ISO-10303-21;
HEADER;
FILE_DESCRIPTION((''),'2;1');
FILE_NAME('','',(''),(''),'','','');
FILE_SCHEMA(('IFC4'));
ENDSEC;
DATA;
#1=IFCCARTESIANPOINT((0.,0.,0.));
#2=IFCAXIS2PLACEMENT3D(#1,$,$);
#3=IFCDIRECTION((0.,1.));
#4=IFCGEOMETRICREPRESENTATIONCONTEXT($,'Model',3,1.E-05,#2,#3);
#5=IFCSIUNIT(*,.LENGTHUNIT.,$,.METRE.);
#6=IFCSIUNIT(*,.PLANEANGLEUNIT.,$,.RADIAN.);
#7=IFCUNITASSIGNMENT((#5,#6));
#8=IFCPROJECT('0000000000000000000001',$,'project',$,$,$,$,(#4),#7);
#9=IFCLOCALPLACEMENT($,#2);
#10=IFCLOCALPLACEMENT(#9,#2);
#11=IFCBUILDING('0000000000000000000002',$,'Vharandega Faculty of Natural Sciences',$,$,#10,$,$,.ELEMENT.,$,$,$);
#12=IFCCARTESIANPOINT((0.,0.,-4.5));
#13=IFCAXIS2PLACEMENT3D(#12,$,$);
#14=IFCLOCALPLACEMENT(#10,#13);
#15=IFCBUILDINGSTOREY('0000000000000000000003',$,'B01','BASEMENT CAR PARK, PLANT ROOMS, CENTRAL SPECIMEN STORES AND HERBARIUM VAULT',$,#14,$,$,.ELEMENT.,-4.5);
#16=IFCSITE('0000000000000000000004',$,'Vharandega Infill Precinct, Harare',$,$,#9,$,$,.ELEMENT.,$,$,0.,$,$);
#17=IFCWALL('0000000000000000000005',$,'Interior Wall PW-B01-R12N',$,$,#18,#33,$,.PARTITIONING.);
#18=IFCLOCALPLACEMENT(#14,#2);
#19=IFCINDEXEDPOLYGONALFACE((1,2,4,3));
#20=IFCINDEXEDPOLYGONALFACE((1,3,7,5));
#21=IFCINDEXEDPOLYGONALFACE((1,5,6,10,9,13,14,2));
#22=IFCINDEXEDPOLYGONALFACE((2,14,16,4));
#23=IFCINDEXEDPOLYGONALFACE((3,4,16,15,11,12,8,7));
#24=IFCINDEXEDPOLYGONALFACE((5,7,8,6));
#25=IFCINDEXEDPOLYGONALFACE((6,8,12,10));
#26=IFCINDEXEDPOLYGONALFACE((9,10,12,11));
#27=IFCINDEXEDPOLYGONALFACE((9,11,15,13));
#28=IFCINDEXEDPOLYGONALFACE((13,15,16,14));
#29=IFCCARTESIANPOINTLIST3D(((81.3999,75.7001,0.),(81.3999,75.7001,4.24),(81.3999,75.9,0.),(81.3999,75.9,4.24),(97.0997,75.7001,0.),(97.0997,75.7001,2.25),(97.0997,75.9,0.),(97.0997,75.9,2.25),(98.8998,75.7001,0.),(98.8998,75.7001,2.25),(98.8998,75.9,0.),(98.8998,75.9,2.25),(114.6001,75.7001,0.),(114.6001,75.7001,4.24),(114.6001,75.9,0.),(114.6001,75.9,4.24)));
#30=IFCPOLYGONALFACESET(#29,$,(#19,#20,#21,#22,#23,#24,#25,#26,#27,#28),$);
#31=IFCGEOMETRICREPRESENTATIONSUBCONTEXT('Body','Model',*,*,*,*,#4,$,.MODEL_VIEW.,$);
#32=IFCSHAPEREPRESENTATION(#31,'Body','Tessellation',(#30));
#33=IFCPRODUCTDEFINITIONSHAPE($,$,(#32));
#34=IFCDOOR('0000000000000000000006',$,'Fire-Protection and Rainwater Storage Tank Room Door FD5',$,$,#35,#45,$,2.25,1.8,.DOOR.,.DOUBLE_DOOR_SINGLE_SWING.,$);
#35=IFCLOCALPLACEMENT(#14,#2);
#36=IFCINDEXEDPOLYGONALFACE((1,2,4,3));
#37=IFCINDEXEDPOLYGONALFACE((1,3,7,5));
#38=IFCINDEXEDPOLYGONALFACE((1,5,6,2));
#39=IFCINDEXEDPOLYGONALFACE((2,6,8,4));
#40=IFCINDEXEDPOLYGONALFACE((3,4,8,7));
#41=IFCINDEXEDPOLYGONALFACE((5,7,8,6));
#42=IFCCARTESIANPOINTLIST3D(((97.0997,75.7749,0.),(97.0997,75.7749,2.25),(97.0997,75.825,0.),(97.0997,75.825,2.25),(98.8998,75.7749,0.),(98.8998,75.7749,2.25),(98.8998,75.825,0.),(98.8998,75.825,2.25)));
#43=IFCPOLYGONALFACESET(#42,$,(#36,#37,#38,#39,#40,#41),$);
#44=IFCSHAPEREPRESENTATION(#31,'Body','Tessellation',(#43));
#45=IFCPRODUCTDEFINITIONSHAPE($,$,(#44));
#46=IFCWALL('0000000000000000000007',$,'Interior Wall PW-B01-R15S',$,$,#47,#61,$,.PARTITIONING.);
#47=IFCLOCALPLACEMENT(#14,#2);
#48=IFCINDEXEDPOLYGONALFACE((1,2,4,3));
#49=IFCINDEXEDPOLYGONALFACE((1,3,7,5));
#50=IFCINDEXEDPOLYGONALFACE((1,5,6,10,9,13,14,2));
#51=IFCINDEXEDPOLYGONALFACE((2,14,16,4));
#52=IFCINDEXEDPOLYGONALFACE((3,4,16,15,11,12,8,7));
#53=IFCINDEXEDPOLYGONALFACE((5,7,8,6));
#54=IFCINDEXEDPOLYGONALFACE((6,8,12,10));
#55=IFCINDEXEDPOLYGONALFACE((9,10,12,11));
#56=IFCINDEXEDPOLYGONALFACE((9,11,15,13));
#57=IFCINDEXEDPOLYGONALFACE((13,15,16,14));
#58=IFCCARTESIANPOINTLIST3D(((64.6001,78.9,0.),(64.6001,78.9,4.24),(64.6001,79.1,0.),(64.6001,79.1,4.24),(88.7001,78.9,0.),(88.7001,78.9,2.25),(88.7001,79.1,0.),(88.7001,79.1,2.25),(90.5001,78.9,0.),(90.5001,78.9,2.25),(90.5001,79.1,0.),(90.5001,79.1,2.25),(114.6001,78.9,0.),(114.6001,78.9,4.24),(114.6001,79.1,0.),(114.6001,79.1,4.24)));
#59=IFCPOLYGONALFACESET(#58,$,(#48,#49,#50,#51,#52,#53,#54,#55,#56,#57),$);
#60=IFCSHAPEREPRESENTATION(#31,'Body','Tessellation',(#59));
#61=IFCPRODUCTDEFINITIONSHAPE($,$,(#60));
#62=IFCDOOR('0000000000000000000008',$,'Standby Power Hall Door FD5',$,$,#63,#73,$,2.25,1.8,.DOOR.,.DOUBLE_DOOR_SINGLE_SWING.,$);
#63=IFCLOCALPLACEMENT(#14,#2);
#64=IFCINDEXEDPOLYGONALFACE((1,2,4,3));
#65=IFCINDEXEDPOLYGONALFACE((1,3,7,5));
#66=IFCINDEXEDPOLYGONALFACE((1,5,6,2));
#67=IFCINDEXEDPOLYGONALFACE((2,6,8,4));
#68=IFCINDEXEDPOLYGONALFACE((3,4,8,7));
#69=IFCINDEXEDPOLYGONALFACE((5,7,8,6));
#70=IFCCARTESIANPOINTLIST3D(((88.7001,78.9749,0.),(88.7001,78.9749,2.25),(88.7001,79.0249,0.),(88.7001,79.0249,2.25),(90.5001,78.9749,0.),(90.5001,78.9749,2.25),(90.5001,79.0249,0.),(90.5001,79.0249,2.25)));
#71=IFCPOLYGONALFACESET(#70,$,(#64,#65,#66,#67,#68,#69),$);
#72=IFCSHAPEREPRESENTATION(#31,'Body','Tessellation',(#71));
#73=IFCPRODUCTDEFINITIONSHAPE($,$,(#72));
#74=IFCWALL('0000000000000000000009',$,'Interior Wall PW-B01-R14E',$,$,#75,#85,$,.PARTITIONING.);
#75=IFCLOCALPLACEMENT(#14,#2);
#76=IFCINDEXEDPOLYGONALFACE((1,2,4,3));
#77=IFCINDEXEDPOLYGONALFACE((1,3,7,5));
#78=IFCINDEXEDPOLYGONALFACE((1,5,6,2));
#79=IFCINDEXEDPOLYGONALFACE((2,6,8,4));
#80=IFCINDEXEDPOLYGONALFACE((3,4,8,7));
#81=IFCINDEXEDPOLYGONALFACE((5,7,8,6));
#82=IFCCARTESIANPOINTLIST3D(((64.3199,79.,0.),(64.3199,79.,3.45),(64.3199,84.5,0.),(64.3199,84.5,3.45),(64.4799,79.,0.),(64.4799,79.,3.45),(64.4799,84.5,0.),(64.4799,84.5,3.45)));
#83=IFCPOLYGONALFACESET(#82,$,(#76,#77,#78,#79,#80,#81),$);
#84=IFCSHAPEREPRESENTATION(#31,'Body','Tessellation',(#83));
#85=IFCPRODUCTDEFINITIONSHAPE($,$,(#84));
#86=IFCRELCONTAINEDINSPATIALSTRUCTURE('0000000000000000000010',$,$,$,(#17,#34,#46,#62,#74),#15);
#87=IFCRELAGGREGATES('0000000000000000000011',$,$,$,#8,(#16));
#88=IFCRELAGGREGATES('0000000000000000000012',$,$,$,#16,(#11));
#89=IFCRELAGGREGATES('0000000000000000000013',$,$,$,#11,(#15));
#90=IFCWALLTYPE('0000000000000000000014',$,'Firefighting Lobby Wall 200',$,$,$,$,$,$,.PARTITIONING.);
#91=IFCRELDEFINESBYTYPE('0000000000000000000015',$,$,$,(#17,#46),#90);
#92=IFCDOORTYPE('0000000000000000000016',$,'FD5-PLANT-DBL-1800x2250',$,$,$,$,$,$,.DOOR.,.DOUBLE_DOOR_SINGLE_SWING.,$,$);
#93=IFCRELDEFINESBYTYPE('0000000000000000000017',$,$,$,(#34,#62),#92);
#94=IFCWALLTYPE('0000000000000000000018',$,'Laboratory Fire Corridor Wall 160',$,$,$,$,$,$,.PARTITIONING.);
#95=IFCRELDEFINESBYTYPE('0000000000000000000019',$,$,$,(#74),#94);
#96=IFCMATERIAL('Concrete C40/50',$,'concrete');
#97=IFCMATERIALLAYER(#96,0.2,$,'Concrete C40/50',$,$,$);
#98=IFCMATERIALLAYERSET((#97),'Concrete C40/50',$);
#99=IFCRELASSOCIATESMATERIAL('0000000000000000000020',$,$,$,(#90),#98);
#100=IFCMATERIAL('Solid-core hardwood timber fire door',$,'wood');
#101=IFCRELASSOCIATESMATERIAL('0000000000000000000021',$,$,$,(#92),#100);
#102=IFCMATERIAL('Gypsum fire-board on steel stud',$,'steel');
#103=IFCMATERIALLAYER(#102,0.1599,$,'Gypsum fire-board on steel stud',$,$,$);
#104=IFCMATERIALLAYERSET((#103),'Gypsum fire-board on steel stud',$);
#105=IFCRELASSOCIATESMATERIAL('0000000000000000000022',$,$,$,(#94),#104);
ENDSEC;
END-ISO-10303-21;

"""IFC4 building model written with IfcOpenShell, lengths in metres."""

from ifc_helpers import new_model, si_unit, direction, frame, frame_2d, origin, place, context, subcontext, project, spatial, rectangle, extrude, material, layer, layer_set, type_object, element, fill, save


model = new_model("IFC4")

# Units and contexts
model_context = context("Model", 3, precision=1e-05, world=origin(), true_north=direction((0.0, 1.0)))
body_context = subcontext(model_context, "Body", "Model", "MODEL_VIEW")
ifc_project = project(units=[si_unit("LENGTHUNIT", "METRE"), si_unit("PLANEANGLEUNIT", "RADIAN")], contexts=[model_context])

# Site, building, storey
site_placement = place(None, origin())
site = spatial("IfcSite", under=ifc_project, at=site_placement, Name="Vharandega Infill Precinct, Harare", CompositionType="ELEMENT", RefElevation=0.0)
building_placement = place(site_placement, origin())
building = spatial("IfcBuilding", under=site, at=building_placement, Name="Vharandega Faculty of Natural Sciences", CompositionType="ELEMENT")
storey_placement = place(building_placement, frame((0.0, 0.0, -4.5)))
storey = spatial("IfcBuildingStorey", under=building, at=storey_placement, Name="B01", Description="BASEMENT CAR PARK, PLANT ROOMS, CENTRAL SPECIMEN STORES AND HERBARIUM VAULT", CompositionType="ELEMENT", Elevation=-4.5)

# Walls, openings, doors
ifc_material_1 = material(Name="Concrete C40/50", Category="concrete")
ifc_layer_1 = layer(ifc_material_1, 0.2, Name="Concrete C40/50")
ifc_layer_set_1 = layer_set([ifc_layer_1], Name="Concrete C40/50")
wall_type_1 = type_object("IfcWallType", Name="Firefighting Lobby Wall 200", PredefinedType="PARTITIONING", material=ifc_layer_set_1)
wall_1_placement = place(storey_placement, frame((81.3999, 75.8, 0.0), z_axis=(0.0, 0.0, 1.0), x_axis=(1.0, 0.0, 0.0)))
wall_1 = element("IfcWall", 1, at=wall_1_placement, inside=storey, type_object=wall_type_1, Name="Interior Wall PW-B01-R12N", PredefinedType="PARTITIONING", context=body_context, shape_type="SweptSolid", body=[
    extrude(rectangle(XDim=33.2002, YDim=0.2, at=frame_2d((16.6001, 0.0))), origin(), (0.0, 0.0, 1.0), 4.24),
])
opening_1_placement = place(wall_1_placement, frame((15.7, 0.0, 0.0)))
opening_1 = element("IfcOpeningElement", 2, at=opening_1_placement, cuts=wall_1, PredefinedType="OPENING", context=body_context, shape_type="SweptSolid", body=[
    extrude(rectangle(XDim=1.8, YDim=2.25, at=frame_2d((0.8999, 1.125))), frame((0.0, 0.1099, 0.0), z_axis=(0.0, -1.0, 0.0), x_axis=(1.0, 0.0, 0.0)), (0.0, 0.0, 1.0), 0.22),
])
ifc_material_2 = material(Name="Solid-core hardwood timber fire door", Category="wood")
door_type = type_object("IfcDoorType", Name="FD5-PLANT-DBL-1800x2250", OperationType="DOUBLE_DOOR_SINGLE_SWING", PredefinedType="DOOR", material=ifc_material_2)
door_1_placement = place(opening_1_placement, origin())
door_1 = element("IfcDoor", 3, at=door_1_placement, inside=storey, type_object=door_type, Name="Fire-Protection and Rainwater Storage Tank Room Door FD5", OperationType="DOUBLE_DOOR_SINGLE_SWING", OverallHeight=2.25, OverallWidth=1.8, PredefinedType="DOOR", context=body_context, shape_type="SweptSolid", body=[
    extrude(rectangle(XDim=1.8, YDim=2.25, at=frame_2d((0.8999, 1.125))), frame((0.0, 0.0249, 0.0), z_axis=(0.0, -1.0, 0.0), x_axis=(1.0, 0.0, 0.0)), (0.0, 0.0, 1.0), 0.05),
])
fill(opening_1, door_1)
wall_2_placement = place(storey_placement, frame((64.6001, 79.0, 0.0), z_axis=(0.0, 0.0, 1.0), x_axis=(1.0, 0.0, 0.0)))
wall_2 = element("IfcWall", 4, at=wall_2_placement, inside=storey, type_object=wall_type_1, Name="Interior Wall PW-B01-R15S", PredefinedType="PARTITIONING", context=body_context, shape_type="SweptSolid", body=[
    extrude(rectangle(XDim=50.0, YDim=0.2, at=frame_2d((25.0, 0.0))), origin(), (0.0, 0.0, 1.0), 4.24),
])
opening_2_placement = place(wall_2_placement, frame((24.1001, 0.0, 0.0)))
opening_2 = element("IfcOpeningElement", 5, at=opening_2_placement, cuts=wall_2, PredefinedType="OPENING", context=body_context, shape_type="SweptSolid", body=[
    extrude(rectangle(XDim=1.8, YDim=2.25, at=frame_2d((0.8999, 1.125))), frame((0.0, 0.1099, 0.0), z_axis=(0.0, -1.0, 0.0), x_axis=(1.0, 0.0, 0.0)), (0.0, 0.0, 1.0), 0.22),
])
door_2_placement = place(opening_2_placement, origin())
door_2 = element("IfcDoor", 6, at=door_2_placement, inside=storey, type_object=door_type, Name="Standby Power Hall Door FD5", OperationType="DOUBLE_DOOR_SINGLE_SWING", OverallHeight=2.25, OverallWidth=1.8, PredefinedType="DOOR", context=body_context, shape_type="SweptSolid", body=[
    extrude(rectangle(XDim=1.8, YDim=2.25, at=frame_2d((0.8999, 1.125))), frame((0.0, 0.0249, 0.0), z_axis=(0.0, -1.0, 0.0), x_axis=(1.0, 0.0, 0.0)), (0.0, 0.0, 1.0), 0.05),
])
fill(opening_2, door_2)

# Wall
ifc_material_3 = material(Name="Gypsum fire-board on steel stud", Category="steel")
ifc_layer_2 = layer(ifc_material_3, 0.1599, Name="Gypsum fire-board on steel stud")
ifc_layer_set_2 = layer_set([ifc_layer_2], Name="Gypsum fire-board on steel stud")
wall_type_2 = type_object("IfcWallType", Name="Laboratory Fire Corridor Wall 160", PredefinedType="PARTITIONING", material=ifc_layer_set_2)
wall_3_placement = place(storey_placement, frame((64.3999, 79.0, 0.0), z_axis=(0.0, 0.0, 1.0), x_axis=(0.0, 1.0, 0.0)))
element("IfcWall", 7, at=wall_3_placement, inside=storey, type_object=wall_type_2, Name="Interior Wall PW-B01-R14E", PredefinedType="PARTITIONING", context=body_context, shape_type="SweptSolid", body=[
    extrude(rectangle(XDim=5.5, YDim=0.1599, at=frame_2d((2.75, 0.0))), origin(), (0.0, 0.0, 1.0), 3.45),
])

save(model, "model.ifc")
